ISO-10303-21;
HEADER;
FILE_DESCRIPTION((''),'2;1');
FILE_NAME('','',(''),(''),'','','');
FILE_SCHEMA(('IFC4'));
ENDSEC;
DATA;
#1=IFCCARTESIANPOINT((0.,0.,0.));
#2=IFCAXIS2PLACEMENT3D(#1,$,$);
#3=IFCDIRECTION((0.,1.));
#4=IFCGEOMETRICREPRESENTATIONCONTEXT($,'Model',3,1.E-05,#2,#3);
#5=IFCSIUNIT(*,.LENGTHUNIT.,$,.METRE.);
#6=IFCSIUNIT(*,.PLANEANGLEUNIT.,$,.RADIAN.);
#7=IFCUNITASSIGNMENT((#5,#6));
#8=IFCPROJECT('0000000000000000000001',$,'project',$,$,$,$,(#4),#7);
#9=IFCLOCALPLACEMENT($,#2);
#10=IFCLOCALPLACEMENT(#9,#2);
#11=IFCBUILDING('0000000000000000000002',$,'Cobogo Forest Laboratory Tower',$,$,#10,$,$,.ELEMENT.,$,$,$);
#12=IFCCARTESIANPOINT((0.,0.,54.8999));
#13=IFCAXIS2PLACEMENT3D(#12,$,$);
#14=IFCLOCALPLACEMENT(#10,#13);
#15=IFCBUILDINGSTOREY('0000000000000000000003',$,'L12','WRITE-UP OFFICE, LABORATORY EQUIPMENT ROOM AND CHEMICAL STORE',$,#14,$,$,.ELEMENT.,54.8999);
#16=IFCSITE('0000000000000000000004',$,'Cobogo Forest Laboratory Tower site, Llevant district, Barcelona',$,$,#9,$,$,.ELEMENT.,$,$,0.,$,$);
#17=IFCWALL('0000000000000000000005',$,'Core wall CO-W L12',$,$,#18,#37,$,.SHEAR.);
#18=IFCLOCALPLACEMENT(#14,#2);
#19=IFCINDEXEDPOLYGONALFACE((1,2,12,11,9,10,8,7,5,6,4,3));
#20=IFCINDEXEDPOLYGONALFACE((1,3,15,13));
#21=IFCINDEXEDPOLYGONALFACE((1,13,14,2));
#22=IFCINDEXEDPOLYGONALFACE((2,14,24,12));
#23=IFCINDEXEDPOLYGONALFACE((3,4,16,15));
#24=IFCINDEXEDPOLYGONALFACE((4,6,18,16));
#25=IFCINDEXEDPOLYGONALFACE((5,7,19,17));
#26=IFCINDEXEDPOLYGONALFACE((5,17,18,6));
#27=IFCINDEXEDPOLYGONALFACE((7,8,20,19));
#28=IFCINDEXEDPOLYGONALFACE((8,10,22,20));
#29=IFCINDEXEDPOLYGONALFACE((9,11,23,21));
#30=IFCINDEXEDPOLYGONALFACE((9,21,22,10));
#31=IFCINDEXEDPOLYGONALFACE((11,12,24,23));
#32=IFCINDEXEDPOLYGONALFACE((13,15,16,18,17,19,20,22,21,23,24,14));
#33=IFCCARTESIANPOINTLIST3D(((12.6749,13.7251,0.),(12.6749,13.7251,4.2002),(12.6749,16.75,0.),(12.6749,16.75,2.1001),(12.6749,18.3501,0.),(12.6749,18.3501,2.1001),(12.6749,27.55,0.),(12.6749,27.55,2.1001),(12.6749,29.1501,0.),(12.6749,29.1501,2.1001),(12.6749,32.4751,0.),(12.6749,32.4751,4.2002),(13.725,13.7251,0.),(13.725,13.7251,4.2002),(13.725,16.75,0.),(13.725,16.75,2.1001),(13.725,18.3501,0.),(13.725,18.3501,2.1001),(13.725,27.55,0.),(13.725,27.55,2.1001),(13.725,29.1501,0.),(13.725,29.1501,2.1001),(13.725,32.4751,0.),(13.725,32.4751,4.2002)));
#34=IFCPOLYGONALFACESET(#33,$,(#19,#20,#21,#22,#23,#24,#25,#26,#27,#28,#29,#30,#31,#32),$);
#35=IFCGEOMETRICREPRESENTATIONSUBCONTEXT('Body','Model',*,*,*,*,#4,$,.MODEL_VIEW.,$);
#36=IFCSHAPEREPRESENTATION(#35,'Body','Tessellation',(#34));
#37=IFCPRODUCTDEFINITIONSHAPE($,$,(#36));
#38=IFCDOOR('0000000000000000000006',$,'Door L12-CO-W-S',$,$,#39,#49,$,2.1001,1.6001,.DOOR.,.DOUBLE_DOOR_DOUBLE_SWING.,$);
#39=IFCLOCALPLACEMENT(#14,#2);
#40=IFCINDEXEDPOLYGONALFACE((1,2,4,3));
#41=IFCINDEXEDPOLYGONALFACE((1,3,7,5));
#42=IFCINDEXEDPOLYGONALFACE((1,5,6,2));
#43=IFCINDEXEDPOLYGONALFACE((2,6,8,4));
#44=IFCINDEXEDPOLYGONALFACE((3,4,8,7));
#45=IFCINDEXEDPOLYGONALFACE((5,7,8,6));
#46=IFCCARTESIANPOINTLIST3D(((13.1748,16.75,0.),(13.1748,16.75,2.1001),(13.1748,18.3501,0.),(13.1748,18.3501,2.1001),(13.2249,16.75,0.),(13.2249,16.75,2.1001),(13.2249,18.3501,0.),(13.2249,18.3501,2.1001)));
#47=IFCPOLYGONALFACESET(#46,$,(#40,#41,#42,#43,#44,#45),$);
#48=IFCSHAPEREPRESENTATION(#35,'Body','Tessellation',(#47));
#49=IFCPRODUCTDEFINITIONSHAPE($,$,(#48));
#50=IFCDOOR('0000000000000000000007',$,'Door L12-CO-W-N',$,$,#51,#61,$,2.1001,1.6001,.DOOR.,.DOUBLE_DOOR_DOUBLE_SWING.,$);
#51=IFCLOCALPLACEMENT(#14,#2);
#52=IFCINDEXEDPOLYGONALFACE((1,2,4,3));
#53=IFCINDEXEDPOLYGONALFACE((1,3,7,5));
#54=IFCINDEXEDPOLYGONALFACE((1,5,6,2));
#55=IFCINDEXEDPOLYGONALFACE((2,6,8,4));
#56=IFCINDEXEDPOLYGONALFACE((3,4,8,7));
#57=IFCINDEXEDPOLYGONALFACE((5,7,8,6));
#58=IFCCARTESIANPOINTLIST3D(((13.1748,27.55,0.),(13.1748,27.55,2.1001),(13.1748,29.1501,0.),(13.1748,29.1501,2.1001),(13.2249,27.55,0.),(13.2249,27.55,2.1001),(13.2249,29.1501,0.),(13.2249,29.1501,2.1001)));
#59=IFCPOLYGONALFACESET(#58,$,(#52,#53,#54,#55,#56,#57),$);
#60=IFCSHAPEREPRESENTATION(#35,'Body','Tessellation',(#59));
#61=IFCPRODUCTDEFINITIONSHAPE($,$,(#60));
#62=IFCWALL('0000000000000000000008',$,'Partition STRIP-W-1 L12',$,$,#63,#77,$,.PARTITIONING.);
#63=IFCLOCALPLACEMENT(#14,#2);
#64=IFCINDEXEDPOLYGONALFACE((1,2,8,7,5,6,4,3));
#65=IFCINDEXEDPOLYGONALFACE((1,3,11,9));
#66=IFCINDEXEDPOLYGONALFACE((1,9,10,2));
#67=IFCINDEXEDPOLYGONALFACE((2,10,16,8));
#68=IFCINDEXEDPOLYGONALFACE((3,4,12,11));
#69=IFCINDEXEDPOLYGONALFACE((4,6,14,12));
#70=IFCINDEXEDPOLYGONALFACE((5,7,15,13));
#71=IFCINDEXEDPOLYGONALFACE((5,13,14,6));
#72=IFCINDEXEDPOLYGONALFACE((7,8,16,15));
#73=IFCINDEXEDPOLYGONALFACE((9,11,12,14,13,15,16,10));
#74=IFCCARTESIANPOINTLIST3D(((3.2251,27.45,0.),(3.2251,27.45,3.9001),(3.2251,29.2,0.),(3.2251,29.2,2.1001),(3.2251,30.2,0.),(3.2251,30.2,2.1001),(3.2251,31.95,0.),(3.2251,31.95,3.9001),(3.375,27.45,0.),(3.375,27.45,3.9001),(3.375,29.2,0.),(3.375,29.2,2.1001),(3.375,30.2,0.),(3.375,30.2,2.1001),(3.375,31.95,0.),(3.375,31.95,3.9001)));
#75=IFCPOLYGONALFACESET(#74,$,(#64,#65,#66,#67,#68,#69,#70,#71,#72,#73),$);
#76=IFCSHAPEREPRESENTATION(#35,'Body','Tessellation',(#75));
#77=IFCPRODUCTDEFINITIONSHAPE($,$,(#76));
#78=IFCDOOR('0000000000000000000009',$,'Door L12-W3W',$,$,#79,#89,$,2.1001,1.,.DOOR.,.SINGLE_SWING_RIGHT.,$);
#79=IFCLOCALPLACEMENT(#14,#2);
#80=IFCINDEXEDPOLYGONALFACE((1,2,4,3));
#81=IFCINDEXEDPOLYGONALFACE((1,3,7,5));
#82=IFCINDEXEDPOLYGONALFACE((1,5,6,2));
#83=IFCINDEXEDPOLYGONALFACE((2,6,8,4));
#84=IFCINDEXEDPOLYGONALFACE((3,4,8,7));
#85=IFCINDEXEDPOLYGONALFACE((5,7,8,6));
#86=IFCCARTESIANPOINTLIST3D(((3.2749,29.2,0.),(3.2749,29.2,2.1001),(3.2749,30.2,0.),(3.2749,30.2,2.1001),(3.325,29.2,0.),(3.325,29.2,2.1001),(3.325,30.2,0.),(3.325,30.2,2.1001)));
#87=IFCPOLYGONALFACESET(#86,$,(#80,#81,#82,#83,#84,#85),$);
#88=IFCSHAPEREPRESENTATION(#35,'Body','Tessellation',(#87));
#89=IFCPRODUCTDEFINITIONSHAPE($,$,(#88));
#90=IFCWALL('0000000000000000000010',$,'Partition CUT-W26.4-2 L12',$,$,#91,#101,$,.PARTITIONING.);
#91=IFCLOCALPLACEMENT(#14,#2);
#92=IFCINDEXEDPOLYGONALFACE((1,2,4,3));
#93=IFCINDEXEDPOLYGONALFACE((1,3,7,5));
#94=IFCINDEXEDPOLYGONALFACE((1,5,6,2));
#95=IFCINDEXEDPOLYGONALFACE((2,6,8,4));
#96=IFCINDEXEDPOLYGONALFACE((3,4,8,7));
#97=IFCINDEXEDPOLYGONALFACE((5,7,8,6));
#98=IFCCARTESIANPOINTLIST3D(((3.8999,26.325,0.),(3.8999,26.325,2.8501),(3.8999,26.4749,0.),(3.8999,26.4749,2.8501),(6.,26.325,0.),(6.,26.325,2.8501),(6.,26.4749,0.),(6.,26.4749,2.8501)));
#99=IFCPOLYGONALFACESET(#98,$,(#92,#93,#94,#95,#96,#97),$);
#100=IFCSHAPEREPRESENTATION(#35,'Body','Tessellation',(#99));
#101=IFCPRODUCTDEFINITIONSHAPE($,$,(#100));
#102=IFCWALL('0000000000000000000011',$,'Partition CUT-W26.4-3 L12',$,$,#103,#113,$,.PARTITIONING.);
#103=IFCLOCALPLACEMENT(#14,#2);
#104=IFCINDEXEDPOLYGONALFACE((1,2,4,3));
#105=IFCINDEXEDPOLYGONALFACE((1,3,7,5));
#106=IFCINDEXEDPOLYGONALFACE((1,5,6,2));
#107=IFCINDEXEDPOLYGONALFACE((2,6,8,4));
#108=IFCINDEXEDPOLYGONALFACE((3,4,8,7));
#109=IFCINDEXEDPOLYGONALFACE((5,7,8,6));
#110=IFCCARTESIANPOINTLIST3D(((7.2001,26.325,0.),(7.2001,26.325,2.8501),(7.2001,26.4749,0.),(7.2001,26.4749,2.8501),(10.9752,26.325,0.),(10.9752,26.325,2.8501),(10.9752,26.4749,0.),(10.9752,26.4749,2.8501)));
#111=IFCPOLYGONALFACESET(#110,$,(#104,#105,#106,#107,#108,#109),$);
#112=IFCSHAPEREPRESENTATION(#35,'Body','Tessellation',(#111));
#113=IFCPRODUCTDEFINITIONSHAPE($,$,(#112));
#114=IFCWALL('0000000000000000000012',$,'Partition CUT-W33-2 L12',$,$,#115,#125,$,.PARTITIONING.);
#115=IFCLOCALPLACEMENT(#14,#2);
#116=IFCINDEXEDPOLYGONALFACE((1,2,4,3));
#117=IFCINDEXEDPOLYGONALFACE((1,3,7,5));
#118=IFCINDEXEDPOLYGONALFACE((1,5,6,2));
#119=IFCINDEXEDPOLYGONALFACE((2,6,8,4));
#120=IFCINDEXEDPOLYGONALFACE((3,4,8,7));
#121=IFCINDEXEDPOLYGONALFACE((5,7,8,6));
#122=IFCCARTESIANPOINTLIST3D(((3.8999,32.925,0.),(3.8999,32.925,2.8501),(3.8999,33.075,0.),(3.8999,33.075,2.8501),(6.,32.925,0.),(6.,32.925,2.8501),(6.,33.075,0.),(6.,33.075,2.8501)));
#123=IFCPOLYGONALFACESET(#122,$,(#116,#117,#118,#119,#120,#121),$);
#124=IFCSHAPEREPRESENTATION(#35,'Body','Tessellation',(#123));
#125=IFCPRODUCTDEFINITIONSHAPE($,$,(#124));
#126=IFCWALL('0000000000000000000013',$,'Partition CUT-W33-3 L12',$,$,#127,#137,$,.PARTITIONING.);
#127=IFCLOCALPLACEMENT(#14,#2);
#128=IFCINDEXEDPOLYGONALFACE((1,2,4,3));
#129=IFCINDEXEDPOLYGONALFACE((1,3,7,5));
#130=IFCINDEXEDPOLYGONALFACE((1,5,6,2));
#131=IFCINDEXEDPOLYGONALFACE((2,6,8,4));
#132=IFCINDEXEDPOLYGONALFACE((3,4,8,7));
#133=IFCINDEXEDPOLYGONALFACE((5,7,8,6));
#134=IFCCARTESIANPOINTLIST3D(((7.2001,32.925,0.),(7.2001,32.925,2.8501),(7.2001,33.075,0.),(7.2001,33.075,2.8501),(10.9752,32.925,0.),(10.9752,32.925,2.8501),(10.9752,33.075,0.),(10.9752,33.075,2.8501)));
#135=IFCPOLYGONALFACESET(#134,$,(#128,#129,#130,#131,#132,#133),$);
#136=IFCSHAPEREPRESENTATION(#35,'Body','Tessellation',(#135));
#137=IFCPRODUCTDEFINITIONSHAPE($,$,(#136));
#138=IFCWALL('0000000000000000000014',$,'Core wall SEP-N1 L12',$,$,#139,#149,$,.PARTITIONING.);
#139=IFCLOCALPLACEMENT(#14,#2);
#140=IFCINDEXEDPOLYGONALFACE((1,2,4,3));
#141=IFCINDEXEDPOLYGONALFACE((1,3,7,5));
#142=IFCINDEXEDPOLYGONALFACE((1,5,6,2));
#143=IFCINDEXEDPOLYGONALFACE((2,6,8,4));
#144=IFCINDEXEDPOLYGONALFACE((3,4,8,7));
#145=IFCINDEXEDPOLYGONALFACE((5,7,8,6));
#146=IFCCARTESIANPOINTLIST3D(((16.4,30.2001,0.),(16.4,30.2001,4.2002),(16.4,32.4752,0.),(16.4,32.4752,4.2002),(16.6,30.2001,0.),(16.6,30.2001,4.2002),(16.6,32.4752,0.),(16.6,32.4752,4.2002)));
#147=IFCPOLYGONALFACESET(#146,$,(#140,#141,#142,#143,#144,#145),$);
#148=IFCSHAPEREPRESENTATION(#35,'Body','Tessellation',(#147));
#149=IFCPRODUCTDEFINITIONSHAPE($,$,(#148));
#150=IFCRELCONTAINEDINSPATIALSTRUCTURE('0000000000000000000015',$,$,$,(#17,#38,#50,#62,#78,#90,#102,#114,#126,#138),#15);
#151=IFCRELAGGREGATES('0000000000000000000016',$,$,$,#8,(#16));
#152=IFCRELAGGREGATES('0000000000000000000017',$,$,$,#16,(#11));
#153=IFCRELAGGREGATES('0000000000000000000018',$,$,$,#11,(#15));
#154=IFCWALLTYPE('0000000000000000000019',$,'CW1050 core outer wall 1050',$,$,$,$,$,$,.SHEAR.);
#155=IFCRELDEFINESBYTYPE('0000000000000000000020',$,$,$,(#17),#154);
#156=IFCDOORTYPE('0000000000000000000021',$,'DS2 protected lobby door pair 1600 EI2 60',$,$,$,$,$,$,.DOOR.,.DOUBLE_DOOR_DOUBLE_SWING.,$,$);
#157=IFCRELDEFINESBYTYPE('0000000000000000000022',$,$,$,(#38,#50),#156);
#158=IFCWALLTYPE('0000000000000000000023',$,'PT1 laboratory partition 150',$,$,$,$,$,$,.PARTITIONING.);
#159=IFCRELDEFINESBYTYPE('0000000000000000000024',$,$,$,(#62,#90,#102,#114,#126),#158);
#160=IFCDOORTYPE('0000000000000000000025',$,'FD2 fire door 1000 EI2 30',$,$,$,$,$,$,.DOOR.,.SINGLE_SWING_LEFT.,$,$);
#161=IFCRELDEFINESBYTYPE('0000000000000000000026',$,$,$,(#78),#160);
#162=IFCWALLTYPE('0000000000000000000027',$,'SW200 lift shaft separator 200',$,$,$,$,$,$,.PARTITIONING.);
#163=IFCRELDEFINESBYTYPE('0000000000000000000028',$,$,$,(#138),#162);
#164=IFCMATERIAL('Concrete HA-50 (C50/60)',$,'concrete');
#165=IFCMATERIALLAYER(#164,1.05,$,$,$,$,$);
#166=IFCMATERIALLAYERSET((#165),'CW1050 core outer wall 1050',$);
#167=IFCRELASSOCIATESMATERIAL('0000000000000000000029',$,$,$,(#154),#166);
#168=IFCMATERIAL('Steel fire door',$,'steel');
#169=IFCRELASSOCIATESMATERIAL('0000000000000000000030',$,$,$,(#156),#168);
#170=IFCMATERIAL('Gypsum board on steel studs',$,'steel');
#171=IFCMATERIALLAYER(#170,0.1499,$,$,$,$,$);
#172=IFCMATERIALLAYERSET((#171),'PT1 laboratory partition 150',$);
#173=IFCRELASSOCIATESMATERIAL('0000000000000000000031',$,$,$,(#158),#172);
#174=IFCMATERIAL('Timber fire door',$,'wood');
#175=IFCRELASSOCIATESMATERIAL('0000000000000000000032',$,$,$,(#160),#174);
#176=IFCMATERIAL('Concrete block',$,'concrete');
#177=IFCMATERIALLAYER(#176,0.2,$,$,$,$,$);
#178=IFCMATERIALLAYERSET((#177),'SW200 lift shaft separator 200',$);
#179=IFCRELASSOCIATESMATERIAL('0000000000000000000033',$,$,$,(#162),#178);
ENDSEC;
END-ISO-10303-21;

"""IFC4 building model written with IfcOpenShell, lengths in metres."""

from ifc_helpers import new_model, si_unit, direction, frame, frame_2d, origin, place, context, subcontext, project, spatial, rectangle, extrude, material, layer, layer_set, type_object, element, fill, save


model = new_model("IFC4")

# Units and contexts
model_context = context("Model", 3, precision=1e-05, world=origin(), true_north=direction((0.0, 1.0)))
body_context = subcontext(model_context, "Body", "Model", "MODEL_VIEW")
ifc_project = project(units=[si_unit("LENGTHUNIT", "METRE"), si_unit("PLANEANGLEUNIT", "RADIAN")], contexts=[model_context])

# Site, building, storey
site_placement = place(None, origin())
site = spatial("IfcSite", under=ifc_project, at=site_placement, Name="Cobogo Forest Laboratory Tower site, Llevant district, Barcelona", CompositionType="ELEMENT", RefElevation=0.0)
building_placement = place(site_placement, origin())
building = spatial("IfcBuilding", under=site, at=building_placement, Name="Cobogo Forest Laboratory Tower", CompositionType="ELEMENT")
storey_placement = place(building_placement, frame((0.0, 0.0, 54.8999)))
storey = spatial("IfcBuildingStorey", under=building, at=storey_placement, Name="L12", Description="WRITE-UP OFFICE, LABORATORY EQUIPMENT ROOM AND CHEMICAL STORE", CompositionType="ELEMENT", Elevation=54.8999)

# Shared definitions
ifc_material_1 = material(Name="Concrete HA-50 (C50/60)", Category="concrete")

# Shared definitions
ifc_material_2 = material(Name="Steel fire door", Category="steel")

# Wall, openings, doors
ifc_layer_1 = layer(ifc_material_1, 1.05)
ifc_layer_set_1 = layer_set([ifc_layer_1], Name="CW1050 core outer wall 1050")
wall_type_1 = type_object("IfcWallType", Name="CW1050 core outer wall 1050", PredefinedType="SHEAR", material=ifc_layer_set_1)
wall_1_placement = place(storey_placement, frame((13.2, 32.4751, 0.0), z_axis=(0.0, 0.0, 1.0), x_axis=(0.0, -1.0, 0.0)))
wall_1 = element("IfcWall", 1, at=wall_1_placement, inside=storey, type_object=wall_type_1, Name="Core wall CO-W L12", PredefinedType="SHEAR", context=body_context, shape_type="SweptSolid", body=[
    extrude(rectangle(XDim=18.75, YDim=1.05, at=frame_2d((9.375, 0.0))), origin(), (0.0, 0.0, 1.0), 4.2002),
])
opening_1_placement = place(wall_1_placement, frame((14.125, 0.0, 0.0)))
opening_1 = element("IfcOpeningElement", 2, at=opening_1_placement, cuts=wall_1, PredefinedType="OPENING", context=body_context, shape_type="SweptSolid", body=[
    extrude(rectangle(XDim=1.6001, YDim=2.1001, at=frame_2d((0.8, 1.05))), frame((0.0, 0.5349, 0.0), z_axis=(0.0, -1.0, 0.0), x_axis=(1.0, 0.0, 0.0)), (0.0, 0.0, 1.0), 1.0701),
])
opening_2_placement = place(wall_1_placement, frame((3.325, 0.0, 0.0)))
opening_2 = element("IfcOpeningElement", 3, at=opening_2_placement, cuts=wall_1, PredefinedType="OPENING", context=body_context, shape_type="SweptSolid", body=[
    extrude(rectangle(XDim=1.6001, YDim=2.1001, at=frame_2d((0.8, 1.05))), frame((0.0, 0.5349, 0.0), z_axis=(0.0, -1.0, 0.0), x_axis=(1.0, 0.0, 0.0)), (0.0, 0.0, 1.0), 1.0701),
])
door_type_1 = type_object("IfcDoorType", Name="DS2 protected lobby door pair 1600 EI2 60", OperationType="DOUBLE_DOOR_DOUBLE_SWING", PredefinedType="DOOR", material=ifc_material_2)
door_1_placement = place(opening_1_placement, origin())
door_1 = element("IfcDoor", 4, at=door_1_placement, inside=storey, type_object=door_type_1, Name="Door L12-CO-W-S", OperationType="DOUBLE_DOOR_DOUBLE_SWING", OverallHeight=2.1001, OverallWidth=1.6001, PredefinedType="DOOR", context=body_context, shape_type="SweptSolid", body=[
    extrude(rectangle(XDim=1.6001, YDim=2.1001, at=frame_2d((0.8, 1.05))), frame((0.0, 0.0249, 0.0), z_axis=(0.0, -1.0, 0.0), x_axis=(1.0, 0.0, 0.0)), (0.0, 0.0, 1.0), 0.05),
])
fill(opening_1, door_1)
door_2_placement = place(opening_2_placement, origin())
door_2 = element("IfcDoor", 5, at=door_2_placement, inside=storey, type_object=door_type_1, Name="Door L12-CO-W-N", OperationType="DOUBLE_DOOR_DOUBLE_SWING", OverallHeight=2.1001, OverallWidth=1.6001, PredefinedType="DOOR", context=body_context, shape_type="SweptSolid", body=[
    extrude(rectangle(XDim=1.6001, YDim=2.1001, at=frame_2d((0.8, 1.05))), frame((0.0, 0.0249, 0.0), z_axis=(0.0, -1.0, 0.0), x_axis=(1.0, 0.0, 0.0)), (0.0, 0.0, 1.0), 0.05),
])
fill(opening_2, door_2)

# Wall, opening, door
ifc_material_3 = material(Name="Gypsum board on steel studs", Category="steel")
ifc_layer_2 = layer(ifc_material_3, 0.1499)
ifc_layer_set_2 = layer_set([ifc_layer_2], Name="PT1 laboratory partition 150")
wall_type_2 = type_object("IfcWallType", Name="PT1 laboratory partition 150", PredefinedType="PARTITIONING", material=ifc_layer_set_2)
wall_2_placement = place(storey_placement, frame((3.3, 31.95, 0.0), z_axis=(0.0, 0.0, 1.0), x_axis=(0.0, -1.0, 0.0)))
wall_2 = element("IfcWall", 6, at=wall_2_placement, inside=storey, type_object=wall_type_2, Name="Partition STRIP-W-1 L12", PredefinedType="PARTITIONING", context=body_context, shape_type="SweptSolid", body=[
    extrude(rectangle(XDim=4.5, YDim=0.1499, at=frame_2d((2.25, 0.0))), origin(), (0.0, 0.0, 1.0), 3.9001),
])
opening_3_placement = place(wall_2_placement, frame((1.75, 0.0, 0.0)))
opening_3 = element("IfcOpeningElement", 7, at=opening_3_placement, cuts=wall_2, PredefinedType="OPENING", context=body_context, shape_type="SweptSolid", body=[
    extrude(rectangle(XDim=1.0, YDim=2.1001, at=frame_2d((0.5, 1.05))), frame((0.0, 0.085, 0.0), z_axis=(0.0, -1.0, 0.0), x_axis=(1.0, 0.0, 0.0)), (0.0, 0.0, 1.0), 0.1699),
])
ifc_material_4 = material(Name="Timber fire door", Category="wood")
door_type_2 = type_object("IfcDoorType", Name="FD2 fire door 1000 EI2 30", OperationType="SINGLE_SWING_LEFT", PredefinedType="DOOR", material=ifc_material_4)
door_3_placement = place(opening_3_placement, origin())
door_3 = element("IfcDoor", 8, at=door_3_placement, inside=storey, type_object=door_type_2, Name="Door L12-W3W", OperationType="SINGLE_SWING_RIGHT", OverallHeight=2.1001, OverallWidth=1.0, PredefinedType="DOOR", context=body_context, shape_type="SweptSolid", body=[
    extrude(rectangle(XDim=1.0, YDim=2.1001, at=frame_2d((0.5, 1.05))), frame((0.0, 0.0249, 0.0), z_axis=(0.0, -1.0, 0.0), x_axis=(1.0, 0.0, 0.0)), (0.0, 0.0, 1.0), 0.05),
])
fill(opening_3, door_3)

# Walls
wall_3_placement = place(storey_placement, frame((3.8999, 26.3999, 0.0), z_axis=(0.0, 0.0, 1.0), x_axis=(1.0, 0.0, 0.0)))
element("IfcWall", 9, at=wall_3_placement, inside=storey, type_object=wall_type_2, Name="Partition CUT-W26.4-2 L12", PredefinedType="PARTITIONING", context=body_context, shape_type="SweptSolid", body=[
    extrude(rectangle(XDim=2.1001, YDim=0.1499, at=frame_2d((1.05, 0.0))), origin(), (0.0, 0.0, 1.0), 2.8501),
])
wall_4_placement = place(storey_placement, frame((7.2, 26.3999, 0.0), z_axis=(0.0, 0.0, 1.0), x_axis=(1.0, 0.0, 0.0)))
element("IfcWall", 10, at=wall_4_placement, inside=storey, type_object=wall_type_2, Name="Partition CUT-W26.4-3 L12", PredefinedType="PARTITIONING", context=body_context, shape_type="SweptSolid", body=[
    extrude(rectangle(XDim=3.7751, YDim=0.1499, at=frame_2d((1.8877, 0.0))), origin(), (0.0, 0.0, 1.0), 2.8501),
])
wall_5_placement = place(storey_placement, frame((3.8999, 33.0, 0.0), z_axis=(0.0, 0.0, 1.0), x_axis=(1.0, 0.0, 0.0)))
element("IfcWall", 11, at=wall_5_placement, inside=storey, type_object=wall_type_2, Name="Partition CUT-W33-2 L12", PredefinedType="PARTITIONING", context=body_context, shape_type="SweptSolid", body=[
    extrude(rectangle(XDim=2.1001, YDim=0.1499, at=frame_2d((1.05, 0.0))), origin(), (0.0, 0.0, 1.0), 2.8501),
])
wall_6_placement = place(storey_placement, frame((7.2, 33.0, 0.0), z_axis=(0.0, 0.0, 1.0), x_axis=(1.0, 0.0, 0.0)))
element("IfcWall", 12, at=wall_6_placement, inside=storey, type_object=wall_type_2, Name="Partition CUT-W33-3 L12", PredefinedType="PARTITIONING", context=body_context, shape_type="SweptSolid", body=[
    extrude(rectangle(XDim=3.7751, YDim=0.1499, at=frame_2d((1.8877, 0.0))), origin(), (0.0, 0.0, 1.0), 2.8501),
])
ifc_material_5 = material(Name="Concrete block", Category="concrete")
ifc_layer_3 = layer(ifc_material_5, 0.2)
ifc_layer_set_3 = layer_set([ifc_layer_3], Name="SW200 lift shaft separator 200")
wall_type_3 = type_object("IfcWallType", Name="SW200 lift shaft separator 200", PredefinedType="PARTITIONING", material=ifc_layer_set_3)
wall_7_placement = place(storey_placement, frame((16.5, 30.2, 0.0), z_axis=(0.0, 0.0, 1.0), x_axis=(0.0, 1.0, 0.0)))
element("IfcWall", 13, at=wall_7_placement, inside=storey, type_object=wall_type_3, Name="Core wall SEP-N1 L12", PredefinedType="PARTITIONING", context=body_context, shape_type="SweptSolid", body=[
    extrude(rectangle(XDim=2.2751, YDim=0.2, at=frame_2d((1.1377, 0.0))), origin(), (0.0, 0.0, 1.0), 4.2002),
])

save(model, "model.ifc")
